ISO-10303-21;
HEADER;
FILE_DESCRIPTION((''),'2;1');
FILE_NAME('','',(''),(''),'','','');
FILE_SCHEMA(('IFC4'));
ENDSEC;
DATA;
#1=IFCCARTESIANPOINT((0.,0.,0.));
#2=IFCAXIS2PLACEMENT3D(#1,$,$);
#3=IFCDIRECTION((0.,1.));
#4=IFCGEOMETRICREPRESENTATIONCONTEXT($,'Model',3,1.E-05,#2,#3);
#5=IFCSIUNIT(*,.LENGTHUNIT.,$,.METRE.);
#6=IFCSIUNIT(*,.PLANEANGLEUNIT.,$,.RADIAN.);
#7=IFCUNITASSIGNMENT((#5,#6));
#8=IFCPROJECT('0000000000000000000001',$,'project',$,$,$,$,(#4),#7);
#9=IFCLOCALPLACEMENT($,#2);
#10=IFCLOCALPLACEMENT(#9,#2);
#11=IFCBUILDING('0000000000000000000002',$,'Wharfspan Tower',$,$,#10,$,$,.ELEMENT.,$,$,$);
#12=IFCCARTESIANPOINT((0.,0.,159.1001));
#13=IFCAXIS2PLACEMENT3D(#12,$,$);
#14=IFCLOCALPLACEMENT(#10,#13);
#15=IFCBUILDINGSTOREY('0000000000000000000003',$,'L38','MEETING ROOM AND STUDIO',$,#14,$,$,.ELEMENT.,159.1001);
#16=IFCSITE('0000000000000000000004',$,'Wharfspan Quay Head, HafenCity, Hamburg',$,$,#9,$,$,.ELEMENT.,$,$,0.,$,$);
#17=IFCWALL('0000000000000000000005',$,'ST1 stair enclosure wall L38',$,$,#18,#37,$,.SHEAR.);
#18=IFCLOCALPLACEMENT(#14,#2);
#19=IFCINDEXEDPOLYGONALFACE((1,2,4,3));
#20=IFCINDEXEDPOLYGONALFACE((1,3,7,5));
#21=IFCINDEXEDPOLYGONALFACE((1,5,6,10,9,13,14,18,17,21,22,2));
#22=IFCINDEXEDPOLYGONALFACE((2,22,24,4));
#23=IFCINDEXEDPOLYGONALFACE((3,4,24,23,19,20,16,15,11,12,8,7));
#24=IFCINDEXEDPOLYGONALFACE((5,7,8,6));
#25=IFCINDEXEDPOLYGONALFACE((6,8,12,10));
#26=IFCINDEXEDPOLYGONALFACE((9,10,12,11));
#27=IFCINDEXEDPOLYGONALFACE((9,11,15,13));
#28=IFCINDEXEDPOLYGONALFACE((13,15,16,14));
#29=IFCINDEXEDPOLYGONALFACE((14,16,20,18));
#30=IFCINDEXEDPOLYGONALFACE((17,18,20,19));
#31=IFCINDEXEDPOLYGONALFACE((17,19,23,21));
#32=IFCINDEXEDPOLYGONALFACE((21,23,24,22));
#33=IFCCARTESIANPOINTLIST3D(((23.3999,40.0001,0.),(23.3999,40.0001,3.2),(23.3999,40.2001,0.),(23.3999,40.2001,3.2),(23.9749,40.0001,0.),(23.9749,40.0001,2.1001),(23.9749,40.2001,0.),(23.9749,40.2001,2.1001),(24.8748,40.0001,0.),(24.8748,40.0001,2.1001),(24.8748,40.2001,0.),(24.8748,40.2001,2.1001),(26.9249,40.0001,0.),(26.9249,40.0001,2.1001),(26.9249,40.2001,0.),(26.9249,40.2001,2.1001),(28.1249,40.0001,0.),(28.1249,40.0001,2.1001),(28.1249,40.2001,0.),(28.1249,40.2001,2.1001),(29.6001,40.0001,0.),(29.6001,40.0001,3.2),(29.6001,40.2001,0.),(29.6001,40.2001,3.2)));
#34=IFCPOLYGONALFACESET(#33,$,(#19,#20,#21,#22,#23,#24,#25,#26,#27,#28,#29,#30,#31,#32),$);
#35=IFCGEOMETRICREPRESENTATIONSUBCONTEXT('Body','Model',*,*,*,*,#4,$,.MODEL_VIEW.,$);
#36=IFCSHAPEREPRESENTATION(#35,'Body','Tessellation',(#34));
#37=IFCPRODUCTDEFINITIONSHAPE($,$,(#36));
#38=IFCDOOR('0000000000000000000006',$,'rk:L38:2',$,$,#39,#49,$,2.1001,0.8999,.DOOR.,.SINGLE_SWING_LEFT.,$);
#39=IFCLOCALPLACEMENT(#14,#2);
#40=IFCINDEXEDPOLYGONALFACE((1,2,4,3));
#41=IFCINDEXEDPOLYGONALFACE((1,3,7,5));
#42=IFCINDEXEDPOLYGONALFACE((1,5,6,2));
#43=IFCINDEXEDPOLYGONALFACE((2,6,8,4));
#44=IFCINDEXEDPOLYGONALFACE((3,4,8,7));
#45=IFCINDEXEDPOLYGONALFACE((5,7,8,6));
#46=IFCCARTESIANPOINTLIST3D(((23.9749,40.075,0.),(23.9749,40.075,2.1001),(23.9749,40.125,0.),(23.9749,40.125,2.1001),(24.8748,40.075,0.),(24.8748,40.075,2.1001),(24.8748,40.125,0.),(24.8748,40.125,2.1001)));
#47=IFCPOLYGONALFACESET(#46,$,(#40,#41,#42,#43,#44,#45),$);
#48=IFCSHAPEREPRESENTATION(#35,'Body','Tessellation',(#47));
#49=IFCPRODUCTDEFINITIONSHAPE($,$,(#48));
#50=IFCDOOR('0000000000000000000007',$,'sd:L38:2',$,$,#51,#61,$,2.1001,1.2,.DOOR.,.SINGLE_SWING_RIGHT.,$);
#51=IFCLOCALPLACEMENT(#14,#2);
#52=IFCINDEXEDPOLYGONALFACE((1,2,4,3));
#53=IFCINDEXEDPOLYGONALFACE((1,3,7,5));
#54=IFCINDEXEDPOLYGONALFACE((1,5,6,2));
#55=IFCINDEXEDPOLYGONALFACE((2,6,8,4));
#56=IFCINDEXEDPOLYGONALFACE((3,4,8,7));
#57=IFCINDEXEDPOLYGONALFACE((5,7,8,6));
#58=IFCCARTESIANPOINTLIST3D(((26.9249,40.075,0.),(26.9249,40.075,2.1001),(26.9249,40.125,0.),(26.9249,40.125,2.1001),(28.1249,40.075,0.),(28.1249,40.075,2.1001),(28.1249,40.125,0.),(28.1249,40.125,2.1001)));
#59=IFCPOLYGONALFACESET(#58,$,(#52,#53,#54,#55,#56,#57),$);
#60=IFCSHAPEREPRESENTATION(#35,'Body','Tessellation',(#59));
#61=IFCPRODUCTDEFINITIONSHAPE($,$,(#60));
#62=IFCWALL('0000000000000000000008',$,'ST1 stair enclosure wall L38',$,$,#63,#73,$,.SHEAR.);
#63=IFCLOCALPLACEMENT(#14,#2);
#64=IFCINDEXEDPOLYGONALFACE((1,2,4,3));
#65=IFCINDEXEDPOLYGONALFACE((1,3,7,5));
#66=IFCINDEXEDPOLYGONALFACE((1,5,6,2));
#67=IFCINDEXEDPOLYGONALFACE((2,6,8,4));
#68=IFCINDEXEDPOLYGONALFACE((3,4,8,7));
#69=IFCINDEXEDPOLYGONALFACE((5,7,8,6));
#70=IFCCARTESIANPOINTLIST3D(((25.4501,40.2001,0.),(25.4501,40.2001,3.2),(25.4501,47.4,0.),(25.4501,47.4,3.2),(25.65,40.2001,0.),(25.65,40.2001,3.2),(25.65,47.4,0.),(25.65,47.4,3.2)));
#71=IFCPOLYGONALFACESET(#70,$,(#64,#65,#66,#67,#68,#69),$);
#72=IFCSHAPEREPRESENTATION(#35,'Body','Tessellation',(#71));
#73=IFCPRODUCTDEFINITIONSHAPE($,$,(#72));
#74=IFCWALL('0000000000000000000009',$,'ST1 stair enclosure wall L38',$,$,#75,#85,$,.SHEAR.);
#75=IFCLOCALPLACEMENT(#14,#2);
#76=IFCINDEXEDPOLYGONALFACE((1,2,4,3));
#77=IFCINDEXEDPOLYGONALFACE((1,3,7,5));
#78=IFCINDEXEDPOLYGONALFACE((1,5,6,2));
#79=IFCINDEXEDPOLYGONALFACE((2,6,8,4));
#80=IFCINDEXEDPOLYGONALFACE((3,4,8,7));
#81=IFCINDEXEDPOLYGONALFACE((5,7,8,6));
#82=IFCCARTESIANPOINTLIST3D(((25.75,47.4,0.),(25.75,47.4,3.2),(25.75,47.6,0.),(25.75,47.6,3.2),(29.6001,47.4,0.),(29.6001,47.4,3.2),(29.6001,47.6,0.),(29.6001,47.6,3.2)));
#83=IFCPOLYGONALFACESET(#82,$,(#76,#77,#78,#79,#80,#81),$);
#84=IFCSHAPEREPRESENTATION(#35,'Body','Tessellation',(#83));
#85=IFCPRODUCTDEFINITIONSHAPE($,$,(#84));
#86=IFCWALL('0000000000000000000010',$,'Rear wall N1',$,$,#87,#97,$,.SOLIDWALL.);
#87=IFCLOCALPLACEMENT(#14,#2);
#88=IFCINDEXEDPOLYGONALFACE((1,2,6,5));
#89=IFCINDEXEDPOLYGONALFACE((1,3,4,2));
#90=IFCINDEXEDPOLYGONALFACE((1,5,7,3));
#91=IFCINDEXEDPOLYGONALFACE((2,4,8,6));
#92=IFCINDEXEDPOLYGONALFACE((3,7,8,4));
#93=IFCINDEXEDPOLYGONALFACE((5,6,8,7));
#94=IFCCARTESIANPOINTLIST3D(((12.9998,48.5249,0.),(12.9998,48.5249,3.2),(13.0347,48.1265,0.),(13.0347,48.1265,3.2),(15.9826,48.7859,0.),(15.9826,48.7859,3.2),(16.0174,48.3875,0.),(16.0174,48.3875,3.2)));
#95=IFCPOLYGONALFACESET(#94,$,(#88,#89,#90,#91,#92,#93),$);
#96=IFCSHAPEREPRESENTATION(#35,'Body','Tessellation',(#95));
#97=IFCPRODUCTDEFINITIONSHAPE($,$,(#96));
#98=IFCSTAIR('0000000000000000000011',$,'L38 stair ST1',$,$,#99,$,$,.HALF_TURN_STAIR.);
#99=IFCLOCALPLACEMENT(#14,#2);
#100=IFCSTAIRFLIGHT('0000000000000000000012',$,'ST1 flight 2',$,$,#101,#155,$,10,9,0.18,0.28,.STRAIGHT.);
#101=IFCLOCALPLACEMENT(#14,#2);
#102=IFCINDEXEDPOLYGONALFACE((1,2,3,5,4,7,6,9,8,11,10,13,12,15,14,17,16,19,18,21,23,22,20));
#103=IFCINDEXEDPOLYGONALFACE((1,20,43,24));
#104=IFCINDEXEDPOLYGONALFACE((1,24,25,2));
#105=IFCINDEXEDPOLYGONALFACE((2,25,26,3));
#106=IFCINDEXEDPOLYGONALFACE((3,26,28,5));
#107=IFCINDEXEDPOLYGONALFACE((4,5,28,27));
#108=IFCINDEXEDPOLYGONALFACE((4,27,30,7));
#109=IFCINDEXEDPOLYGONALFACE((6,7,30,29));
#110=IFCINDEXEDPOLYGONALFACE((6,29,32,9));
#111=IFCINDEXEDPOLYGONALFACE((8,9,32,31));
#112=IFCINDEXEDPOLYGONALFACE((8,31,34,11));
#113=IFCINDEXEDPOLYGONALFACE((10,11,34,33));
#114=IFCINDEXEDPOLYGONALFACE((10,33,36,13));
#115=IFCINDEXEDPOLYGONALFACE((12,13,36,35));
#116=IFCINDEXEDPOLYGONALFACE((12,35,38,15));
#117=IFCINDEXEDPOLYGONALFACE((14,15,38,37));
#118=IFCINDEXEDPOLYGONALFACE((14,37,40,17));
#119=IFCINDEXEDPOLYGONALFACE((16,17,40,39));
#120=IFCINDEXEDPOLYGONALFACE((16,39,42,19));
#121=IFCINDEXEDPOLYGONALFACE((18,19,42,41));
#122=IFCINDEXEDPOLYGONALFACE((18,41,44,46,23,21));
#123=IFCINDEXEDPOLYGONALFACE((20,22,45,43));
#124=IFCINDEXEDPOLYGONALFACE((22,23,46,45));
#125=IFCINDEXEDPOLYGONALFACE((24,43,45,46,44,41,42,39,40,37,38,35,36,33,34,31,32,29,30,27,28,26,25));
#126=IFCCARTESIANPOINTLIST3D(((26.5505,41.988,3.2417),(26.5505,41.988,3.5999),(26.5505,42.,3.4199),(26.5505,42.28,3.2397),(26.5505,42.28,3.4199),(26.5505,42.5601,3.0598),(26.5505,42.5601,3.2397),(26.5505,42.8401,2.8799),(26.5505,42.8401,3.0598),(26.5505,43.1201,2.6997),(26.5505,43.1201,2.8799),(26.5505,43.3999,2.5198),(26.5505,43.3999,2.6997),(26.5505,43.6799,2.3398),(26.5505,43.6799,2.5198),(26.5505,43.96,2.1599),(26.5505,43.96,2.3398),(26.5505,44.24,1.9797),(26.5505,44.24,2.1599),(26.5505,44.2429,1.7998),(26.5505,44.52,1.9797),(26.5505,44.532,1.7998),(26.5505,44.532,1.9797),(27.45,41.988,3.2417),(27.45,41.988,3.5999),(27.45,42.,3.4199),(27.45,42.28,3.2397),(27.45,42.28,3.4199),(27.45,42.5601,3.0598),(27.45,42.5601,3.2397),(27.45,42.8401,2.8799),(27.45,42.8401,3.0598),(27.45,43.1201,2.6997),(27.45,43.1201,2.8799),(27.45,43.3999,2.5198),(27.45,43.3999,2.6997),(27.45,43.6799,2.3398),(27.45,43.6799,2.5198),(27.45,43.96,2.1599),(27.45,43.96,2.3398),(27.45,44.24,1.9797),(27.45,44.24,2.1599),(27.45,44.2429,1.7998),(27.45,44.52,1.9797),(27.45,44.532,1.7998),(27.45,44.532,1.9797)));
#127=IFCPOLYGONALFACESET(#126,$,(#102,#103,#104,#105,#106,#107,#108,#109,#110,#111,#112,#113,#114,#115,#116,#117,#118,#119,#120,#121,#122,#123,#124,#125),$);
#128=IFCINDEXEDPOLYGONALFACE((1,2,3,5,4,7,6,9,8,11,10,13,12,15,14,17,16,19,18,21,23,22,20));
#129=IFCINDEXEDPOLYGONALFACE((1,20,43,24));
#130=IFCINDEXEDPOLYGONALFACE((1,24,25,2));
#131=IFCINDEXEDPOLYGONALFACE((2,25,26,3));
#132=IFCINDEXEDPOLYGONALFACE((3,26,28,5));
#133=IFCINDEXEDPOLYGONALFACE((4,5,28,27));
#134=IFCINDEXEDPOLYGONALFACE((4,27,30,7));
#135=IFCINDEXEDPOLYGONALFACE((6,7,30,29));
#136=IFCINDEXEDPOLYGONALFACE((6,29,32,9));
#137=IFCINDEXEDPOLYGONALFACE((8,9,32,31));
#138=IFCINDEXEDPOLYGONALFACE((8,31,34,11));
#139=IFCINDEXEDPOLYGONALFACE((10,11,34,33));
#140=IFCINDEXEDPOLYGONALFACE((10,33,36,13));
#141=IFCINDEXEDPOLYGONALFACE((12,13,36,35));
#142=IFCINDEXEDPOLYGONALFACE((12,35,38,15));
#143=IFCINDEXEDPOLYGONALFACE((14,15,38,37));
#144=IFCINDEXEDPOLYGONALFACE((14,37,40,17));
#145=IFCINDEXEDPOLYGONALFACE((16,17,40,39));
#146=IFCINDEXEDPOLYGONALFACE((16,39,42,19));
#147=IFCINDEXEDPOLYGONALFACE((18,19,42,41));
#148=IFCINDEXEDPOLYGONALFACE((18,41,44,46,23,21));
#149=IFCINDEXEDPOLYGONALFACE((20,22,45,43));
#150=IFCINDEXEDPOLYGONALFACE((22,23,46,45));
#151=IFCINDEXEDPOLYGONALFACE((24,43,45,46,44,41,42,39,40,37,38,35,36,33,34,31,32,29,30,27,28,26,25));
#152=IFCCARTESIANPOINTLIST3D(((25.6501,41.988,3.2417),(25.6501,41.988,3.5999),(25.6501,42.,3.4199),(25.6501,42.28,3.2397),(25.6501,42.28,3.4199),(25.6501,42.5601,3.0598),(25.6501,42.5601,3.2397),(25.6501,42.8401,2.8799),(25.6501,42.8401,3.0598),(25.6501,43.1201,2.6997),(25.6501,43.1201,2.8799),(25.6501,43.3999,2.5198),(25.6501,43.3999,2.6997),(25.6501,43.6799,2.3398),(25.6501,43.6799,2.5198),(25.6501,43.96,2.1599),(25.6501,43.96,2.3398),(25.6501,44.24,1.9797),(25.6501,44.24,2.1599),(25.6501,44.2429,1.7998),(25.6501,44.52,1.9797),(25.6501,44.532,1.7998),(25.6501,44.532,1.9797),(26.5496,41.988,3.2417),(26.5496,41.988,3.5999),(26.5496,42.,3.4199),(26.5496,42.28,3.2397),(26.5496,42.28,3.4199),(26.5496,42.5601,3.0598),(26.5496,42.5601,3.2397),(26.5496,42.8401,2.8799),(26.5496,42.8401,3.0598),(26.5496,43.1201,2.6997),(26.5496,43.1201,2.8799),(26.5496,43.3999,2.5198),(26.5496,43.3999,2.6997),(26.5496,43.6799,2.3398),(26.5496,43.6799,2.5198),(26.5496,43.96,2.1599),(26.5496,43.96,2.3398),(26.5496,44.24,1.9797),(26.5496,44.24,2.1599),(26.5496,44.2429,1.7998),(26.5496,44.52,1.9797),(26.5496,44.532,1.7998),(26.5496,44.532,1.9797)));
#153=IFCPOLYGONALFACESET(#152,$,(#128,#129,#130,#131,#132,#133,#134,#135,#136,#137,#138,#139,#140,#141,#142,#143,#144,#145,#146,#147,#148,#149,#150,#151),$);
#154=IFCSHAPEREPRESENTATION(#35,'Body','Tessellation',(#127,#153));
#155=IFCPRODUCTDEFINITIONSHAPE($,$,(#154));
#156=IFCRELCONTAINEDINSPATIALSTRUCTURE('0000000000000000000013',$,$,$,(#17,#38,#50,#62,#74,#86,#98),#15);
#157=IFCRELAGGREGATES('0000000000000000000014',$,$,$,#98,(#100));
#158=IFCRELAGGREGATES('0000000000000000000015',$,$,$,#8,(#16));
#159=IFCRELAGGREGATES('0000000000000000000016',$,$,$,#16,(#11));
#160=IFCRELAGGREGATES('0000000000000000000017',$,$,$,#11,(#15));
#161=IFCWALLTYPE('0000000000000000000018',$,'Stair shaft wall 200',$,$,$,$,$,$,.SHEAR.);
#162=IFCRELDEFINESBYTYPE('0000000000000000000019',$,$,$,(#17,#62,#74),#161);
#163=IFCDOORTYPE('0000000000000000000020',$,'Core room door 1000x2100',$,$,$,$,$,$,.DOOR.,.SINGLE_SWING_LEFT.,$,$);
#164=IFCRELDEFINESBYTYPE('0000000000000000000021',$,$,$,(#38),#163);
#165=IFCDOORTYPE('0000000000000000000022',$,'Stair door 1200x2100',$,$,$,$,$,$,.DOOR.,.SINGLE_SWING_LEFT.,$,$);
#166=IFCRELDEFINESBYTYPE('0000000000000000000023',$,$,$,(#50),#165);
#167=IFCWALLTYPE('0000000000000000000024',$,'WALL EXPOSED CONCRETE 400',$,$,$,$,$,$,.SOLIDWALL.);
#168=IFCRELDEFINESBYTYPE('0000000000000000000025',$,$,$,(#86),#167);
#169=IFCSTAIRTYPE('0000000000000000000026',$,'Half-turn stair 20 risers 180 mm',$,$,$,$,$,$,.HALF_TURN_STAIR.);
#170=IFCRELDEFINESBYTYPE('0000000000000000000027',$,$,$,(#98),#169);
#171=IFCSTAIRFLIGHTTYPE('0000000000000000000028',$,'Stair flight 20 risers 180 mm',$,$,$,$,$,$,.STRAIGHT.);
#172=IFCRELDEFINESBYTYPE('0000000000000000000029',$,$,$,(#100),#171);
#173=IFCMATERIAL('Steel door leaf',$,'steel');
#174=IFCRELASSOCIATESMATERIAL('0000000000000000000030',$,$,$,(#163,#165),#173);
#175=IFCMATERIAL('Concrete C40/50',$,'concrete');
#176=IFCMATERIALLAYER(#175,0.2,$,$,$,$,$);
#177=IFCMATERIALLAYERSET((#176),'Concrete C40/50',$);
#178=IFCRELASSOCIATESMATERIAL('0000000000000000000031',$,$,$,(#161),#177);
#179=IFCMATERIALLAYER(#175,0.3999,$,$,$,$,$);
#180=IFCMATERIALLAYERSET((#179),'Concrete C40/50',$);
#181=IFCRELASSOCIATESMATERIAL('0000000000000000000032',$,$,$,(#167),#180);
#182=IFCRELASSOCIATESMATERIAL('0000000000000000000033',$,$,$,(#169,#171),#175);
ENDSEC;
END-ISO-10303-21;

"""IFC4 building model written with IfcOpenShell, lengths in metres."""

from ifc_helpers import new_model, si_unit, direction, frame, frame_2d, origin, place, context, subcontext, project, spatial, polyline, rectangle, outline, extrude, material, layer, layer_set, type_object, element, fill, aggregate, save


model = new_model("IFC4")

# Units and contexts
model_context = context("Model", 3, precision=1e-05, world=origin(), true_north=direction((0.0, 1.0)))
body_context = subcontext(model_context, "Body", "Model", "MODEL_VIEW")
ifc_project = project(units=[si_unit("LENGTHUNIT", "METRE"), si_unit("PLANEANGLEUNIT", "RADIAN")], contexts=[model_context])

# Site, building, storey
site_placement = place(None, origin())
site = spatial("IfcSite", under=ifc_project, at=site_placement, Name="Wharfspan Quay Head, HafenCity, Hamburg", CompositionType="ELEMENT", RefElevation=0.0)
building_placement = place(site_placement, origin())
building = spatial("IfcBuilding", under=site, at=building_placement, Name="Wharfspan Tower", CompositionType="ELEMENT")
storey_placement = place(building_placement, frame((0.0, 0.0, 159.1001)))
storey = spatial("IfcBuildingStorey", under=building, at=storey_placement, Name="L38", Description="MEETING ROOM AND STUDIO", CompositionType="ELEMENT", Elevation=159.1001)

# Shared definitions
ifc_material_1 = material(Name="Steel door leaf", Category="steel")
door_type_1 = type_object("IfcDoorType", Name="Core room door 1000x2100", OperationType="SINGLE_SWING_LEFT", PredefinedType="DOOR", material=ifc_material_1)

# Wall, openings, doors
ifc_material_2 = material(Name="Concrete C40/50", Category="concrete")
ifc_layer_1 = layer(ifc_material_2, 0.2)
ifc_layer_set_1 = layer_set([ifc_layer_1], Name="Concrete C40/50")
wall_type_1 = type_object("IfcWallType", Name="Stair shaft wall 200", PredefinedType="SHEAR", material=ifc_layer_set_1)
wall_1_placement = place(storey_placement, frame((23.3999, 40.1001, 0.0), z_axis=(0.0, 0.0, 1.0), x_axis=(1.0, 0.0, 0.0)))
wall_1 = element("IfcWall", 1, at=wall_1_placement, inside=storey, type_object=wall_type_1, Name="ST1 stair enclosure wall L38", PredefinedType="SHEAR", context=body_context, shape_type="SweptSolid", body=[
    extrude(rectangle(XDim=6.2002, YDim=0.2, at=frame_2d((3.1001, 0.0))), origin(), (0.0, 0.0, 1.0), 3.2),
])
opening_1_placement = place(wall_1_placement, frame((3.5249, 0.0, 0.0)))
opening_1 = element("IfcOpeningElement", 2, at=opening_1_placement, cuts=wall_1, PredefinedType="OPENING", context=body_context, shape_type="SweptSolid", body=[
    extrude(rectangle(XDim=1.2, YDim=2.1001, at=frame_2d((0.6001, 1.05))), frame((0.0, 0.1099, 0.0), z_axis=(0.0, -1.0, 0.0), x_axis=(1.0, 0.0, 0.0)), (0.0, 0.0, 1.0), 0.22),
])
opening_2_placement = place(wall_1_placement, frame((0.575, 0.0, 0.0)))
opening_2 = element("IfcOpeningElement", 3, at=opening_2_placement, cuts=wall_1, PredefinedType="OPENING", context=body_context, shape_type="SweptSolid", body=[
    extrude(rectangle(XDim=0.8999, YDim=2.1001, at=frame_2d((0.45, 1.05))), frame((0.0, 0.1099, 0.0), z_axis=(0.0, -1.0, 0.0), x_axis=(1.0, 0.0, 0.0)), (0.0, 0.0, 1.0), 0.22),
])
door_1_placement = place(opening_2_placement, origin())
door_1 = element("IfcDoor", 4, at=door_1_placement, inside=storey, type_object=door_type_1, Name="rk:L38:2", OperationType="SINGLE_SWING_LEFT", OverallHeight=2.1001, OverallWidth=0.8999, PredefinedType="DOOR", context=body_context, shape_type="SweptSolid", body=[
    extrude(rectangle(XDim=0.8999, YDim=2.1001, at=frame_2d((0.45, 1.05))), frame((0.0, 0.0249, 0.0), z_axis=(0.0, -1.0, 0.0), x_axis=(1.0, 0.0, 0.0)), (0.0, 0.0, 1.0), 0.05),
])
fill(opening_2, door_1)
door_type_2 = type_object("IfcDoorType", Name="Stair door 1200x2100", OperationType="SINGLE_SWING_LEFT", PredefinedType="DOOR", material=ifc_material_1)
door_2_placement = place(opening_1_placement, origin())
door_2 = element("IfcDoor", 5, at=door_2_placement, inside=storey, type_object=door_type_2, Name="sd:L38:2", OperationType="SINGLE_SWING_RIGHT", OverallHeight=2.1001, OverallWidth=1.2, PredefinedType="DOOR", context=body_context, shape_type="SweptSolid", body=[
    extrude(rectangle(XDim=1.2, YDim=2.1001, at=frame_2d((0.6001, 1.05))), frame((0.0, 0.0249, 0.0), z_axis=(0.0, -1.0, 0.0), x_axis=(1.0, 0.0, 0.0)), (0.0, 0.0, 1.0), 0.05),
])
fill(opening_1, door_2)

# Walls
wall_2_placement = place(storey_placement, frame((25.55, 40.2, 0.0), z_axis=(0.0, 0.0, 1.0), x_axis=(0.0, 1.0, 0.0)))
element("IfcWall", 6, at=wall_2_placement, inside=storey, type_object=wall_type_1, Name="ST1 stair enclosure wall L38", PredefinedType="SHEAR", context=body_context, shape_type="SweptSolid", body=[
    extrude(rectangle(XDim=7.2, YDim=0.2, at=frame_2d((3.6001, 0.0))), origin(), (0.0, 0.0, 1.0), 3.2),
])
wall_3_placement = place(storey_placement, frame((25.75, 47.5, 0.0), z_axis=(0.0, 0.0, 1.0), x_axis=(1.0, 0.0, 0.0)))
element("IfcWall", 7, at=wall_3_placement, inside=storey, type_object=wall_type_1, Name="ST1 stair enclosure wall L38", PredefinedType="SHEAR", context=body_context, shape_type="SweptSolid", body=[
    extrude(rectangle(XDim=3.8501, YDim=0.2, at=frame_2d((1.925, 0.0))), origin(), (0.0, 0.0, 1.0), 3.2),
])
ifc_layer_2 = layer(ifc_material_2, 0.3999)
ifc_layer_set_2 = layer_set([ifc_layer_2], Name="Concrete C40/50")
wall_type_2 = type_object("IfcWallType", Name="WALL EXPOSED CONCRETE 400", PredefinedType="SOLIDWALL", material=ifc_layer_set_2)
wall_4_placement = place(storey_placement, frame((16.0, 48.5867, 0.0), z_axis=(0.0, 0.0, 1.0), x_axis=(-0.996194, -0.087168, 0.0)))
element("IfcWall", 8, at=wall_4_placement, inside=storey, type_object=wall_type_2, Name="Rear wall N1", PredefinedType="SOLIDWALL", context=body_context, shape_type="SweptSolid", body=[
    extrude(rectangle(XDim=2.9941, YDim=0.3999, at=frame_2d((1.4971, 0.0))), origin(), (0.0, 0.0, 1.0), 3.2),
])

# Stair, stair flight
stair_type = type_object("IfcStairType", Name="Half-turn stair 20 risers 180 mm", PredefinedType="HALF_TURN_STAIR", material=ifc_material_2)
stair_placement = place(storey_placement, origin())
stair = element("IfcStair", 9, at=stair_placement, inside=storey, type_object=stair_type, Name="L38 stair ST1", PredefinedType="HALF_TURN_STAIR")
stair_flight_type = type_object("IfcStairFlightType", Name="Stair flight 20 risers 180 mm", PredefinedType="STRAIGHT", material=ifc_material_2)
stair_flight_placement = place(storey_placement, frame((26.55, 44.52, 1.7998), z_axis=(0.0, 0.0, 1.0), x_axis=(0.0, -1.0, 0.0)))
stair_flight = element("IfcStairFlight", 10, at=stair_flight_placement, type_object=stair_flight_type, Name="ST1 flight 2", NumberOfRisers=10, NumberOfTreads=9, PredefinedType="STRAIGHT", RiserHeight=0.18, TreadLength=0.28, context=body_context, shape_type="SweptSolid", body=[
    extrude(outline(polyline([(-0.012, 0.0), (-0.012, 0.1799), (0.0, 0.1799), (0.28, 0.1799), (0.28, 0.3601), (0.5601, 0.3601), (0.5601, 0.54), (0.8401, 0.54), (0.8401, 0.72), (1.1201, 0.72), (1.1201, 0.8999), (1.3999, 0.8999), (1.3999, 1.0801), (1.6799, 1.0801), (1.6799, 1.26), (1.96, 1.26), (1.96, 1.4399), (2.24, 1.4399), (2.24, 1.6201), (2.52, 1.6201), (2.532, 1.8), (2.532, 1.4419), (0.2771, 0.0), (-0.012, 0.0)])), frame((0.0, 0.8999, 0.0), z_axis=(0.0, -1.0, 0.0), x_axis=(1.0, 0.0, 0.0)), (0.0, 0.0, 1.0), 0.8994),
    extrude(outline(polyline([(-0.012, 0.0), (-0.012, 0.1799), (0.0, 0.1799), (0.28, 0.1799), (0.28, 0.3601), (0.5601, 0.3601), (0.5601, 0.54), (0.8401, 0.54), (0.8401, 0.72), (1.1201, 0.72), (1.1201, 0.8999), (1.3999, 0.8999), (1.3999, 1.0801), (1.6799, 1.0801), (1.6799, 1.26), (1.96, 1.26), (1.96, 1.4399), (2.24, 1.4399), (2.24, 1.6201), (2.52, 1.6201), (2.532, 1.8), (2.532, 1.4419), (0.2771, 0.0), (-0.012, 0.0)])), frame((0.0, -0.0005, 0.0), z_axis=(0.0, -1.0, 0.0), x_axis=(1.0, 0.0, 0.0)), (0.0, 0.0, 1.0), 0.8994),
])
aggregate(stair, [stair_flight])

save(model, "model.ifc")
